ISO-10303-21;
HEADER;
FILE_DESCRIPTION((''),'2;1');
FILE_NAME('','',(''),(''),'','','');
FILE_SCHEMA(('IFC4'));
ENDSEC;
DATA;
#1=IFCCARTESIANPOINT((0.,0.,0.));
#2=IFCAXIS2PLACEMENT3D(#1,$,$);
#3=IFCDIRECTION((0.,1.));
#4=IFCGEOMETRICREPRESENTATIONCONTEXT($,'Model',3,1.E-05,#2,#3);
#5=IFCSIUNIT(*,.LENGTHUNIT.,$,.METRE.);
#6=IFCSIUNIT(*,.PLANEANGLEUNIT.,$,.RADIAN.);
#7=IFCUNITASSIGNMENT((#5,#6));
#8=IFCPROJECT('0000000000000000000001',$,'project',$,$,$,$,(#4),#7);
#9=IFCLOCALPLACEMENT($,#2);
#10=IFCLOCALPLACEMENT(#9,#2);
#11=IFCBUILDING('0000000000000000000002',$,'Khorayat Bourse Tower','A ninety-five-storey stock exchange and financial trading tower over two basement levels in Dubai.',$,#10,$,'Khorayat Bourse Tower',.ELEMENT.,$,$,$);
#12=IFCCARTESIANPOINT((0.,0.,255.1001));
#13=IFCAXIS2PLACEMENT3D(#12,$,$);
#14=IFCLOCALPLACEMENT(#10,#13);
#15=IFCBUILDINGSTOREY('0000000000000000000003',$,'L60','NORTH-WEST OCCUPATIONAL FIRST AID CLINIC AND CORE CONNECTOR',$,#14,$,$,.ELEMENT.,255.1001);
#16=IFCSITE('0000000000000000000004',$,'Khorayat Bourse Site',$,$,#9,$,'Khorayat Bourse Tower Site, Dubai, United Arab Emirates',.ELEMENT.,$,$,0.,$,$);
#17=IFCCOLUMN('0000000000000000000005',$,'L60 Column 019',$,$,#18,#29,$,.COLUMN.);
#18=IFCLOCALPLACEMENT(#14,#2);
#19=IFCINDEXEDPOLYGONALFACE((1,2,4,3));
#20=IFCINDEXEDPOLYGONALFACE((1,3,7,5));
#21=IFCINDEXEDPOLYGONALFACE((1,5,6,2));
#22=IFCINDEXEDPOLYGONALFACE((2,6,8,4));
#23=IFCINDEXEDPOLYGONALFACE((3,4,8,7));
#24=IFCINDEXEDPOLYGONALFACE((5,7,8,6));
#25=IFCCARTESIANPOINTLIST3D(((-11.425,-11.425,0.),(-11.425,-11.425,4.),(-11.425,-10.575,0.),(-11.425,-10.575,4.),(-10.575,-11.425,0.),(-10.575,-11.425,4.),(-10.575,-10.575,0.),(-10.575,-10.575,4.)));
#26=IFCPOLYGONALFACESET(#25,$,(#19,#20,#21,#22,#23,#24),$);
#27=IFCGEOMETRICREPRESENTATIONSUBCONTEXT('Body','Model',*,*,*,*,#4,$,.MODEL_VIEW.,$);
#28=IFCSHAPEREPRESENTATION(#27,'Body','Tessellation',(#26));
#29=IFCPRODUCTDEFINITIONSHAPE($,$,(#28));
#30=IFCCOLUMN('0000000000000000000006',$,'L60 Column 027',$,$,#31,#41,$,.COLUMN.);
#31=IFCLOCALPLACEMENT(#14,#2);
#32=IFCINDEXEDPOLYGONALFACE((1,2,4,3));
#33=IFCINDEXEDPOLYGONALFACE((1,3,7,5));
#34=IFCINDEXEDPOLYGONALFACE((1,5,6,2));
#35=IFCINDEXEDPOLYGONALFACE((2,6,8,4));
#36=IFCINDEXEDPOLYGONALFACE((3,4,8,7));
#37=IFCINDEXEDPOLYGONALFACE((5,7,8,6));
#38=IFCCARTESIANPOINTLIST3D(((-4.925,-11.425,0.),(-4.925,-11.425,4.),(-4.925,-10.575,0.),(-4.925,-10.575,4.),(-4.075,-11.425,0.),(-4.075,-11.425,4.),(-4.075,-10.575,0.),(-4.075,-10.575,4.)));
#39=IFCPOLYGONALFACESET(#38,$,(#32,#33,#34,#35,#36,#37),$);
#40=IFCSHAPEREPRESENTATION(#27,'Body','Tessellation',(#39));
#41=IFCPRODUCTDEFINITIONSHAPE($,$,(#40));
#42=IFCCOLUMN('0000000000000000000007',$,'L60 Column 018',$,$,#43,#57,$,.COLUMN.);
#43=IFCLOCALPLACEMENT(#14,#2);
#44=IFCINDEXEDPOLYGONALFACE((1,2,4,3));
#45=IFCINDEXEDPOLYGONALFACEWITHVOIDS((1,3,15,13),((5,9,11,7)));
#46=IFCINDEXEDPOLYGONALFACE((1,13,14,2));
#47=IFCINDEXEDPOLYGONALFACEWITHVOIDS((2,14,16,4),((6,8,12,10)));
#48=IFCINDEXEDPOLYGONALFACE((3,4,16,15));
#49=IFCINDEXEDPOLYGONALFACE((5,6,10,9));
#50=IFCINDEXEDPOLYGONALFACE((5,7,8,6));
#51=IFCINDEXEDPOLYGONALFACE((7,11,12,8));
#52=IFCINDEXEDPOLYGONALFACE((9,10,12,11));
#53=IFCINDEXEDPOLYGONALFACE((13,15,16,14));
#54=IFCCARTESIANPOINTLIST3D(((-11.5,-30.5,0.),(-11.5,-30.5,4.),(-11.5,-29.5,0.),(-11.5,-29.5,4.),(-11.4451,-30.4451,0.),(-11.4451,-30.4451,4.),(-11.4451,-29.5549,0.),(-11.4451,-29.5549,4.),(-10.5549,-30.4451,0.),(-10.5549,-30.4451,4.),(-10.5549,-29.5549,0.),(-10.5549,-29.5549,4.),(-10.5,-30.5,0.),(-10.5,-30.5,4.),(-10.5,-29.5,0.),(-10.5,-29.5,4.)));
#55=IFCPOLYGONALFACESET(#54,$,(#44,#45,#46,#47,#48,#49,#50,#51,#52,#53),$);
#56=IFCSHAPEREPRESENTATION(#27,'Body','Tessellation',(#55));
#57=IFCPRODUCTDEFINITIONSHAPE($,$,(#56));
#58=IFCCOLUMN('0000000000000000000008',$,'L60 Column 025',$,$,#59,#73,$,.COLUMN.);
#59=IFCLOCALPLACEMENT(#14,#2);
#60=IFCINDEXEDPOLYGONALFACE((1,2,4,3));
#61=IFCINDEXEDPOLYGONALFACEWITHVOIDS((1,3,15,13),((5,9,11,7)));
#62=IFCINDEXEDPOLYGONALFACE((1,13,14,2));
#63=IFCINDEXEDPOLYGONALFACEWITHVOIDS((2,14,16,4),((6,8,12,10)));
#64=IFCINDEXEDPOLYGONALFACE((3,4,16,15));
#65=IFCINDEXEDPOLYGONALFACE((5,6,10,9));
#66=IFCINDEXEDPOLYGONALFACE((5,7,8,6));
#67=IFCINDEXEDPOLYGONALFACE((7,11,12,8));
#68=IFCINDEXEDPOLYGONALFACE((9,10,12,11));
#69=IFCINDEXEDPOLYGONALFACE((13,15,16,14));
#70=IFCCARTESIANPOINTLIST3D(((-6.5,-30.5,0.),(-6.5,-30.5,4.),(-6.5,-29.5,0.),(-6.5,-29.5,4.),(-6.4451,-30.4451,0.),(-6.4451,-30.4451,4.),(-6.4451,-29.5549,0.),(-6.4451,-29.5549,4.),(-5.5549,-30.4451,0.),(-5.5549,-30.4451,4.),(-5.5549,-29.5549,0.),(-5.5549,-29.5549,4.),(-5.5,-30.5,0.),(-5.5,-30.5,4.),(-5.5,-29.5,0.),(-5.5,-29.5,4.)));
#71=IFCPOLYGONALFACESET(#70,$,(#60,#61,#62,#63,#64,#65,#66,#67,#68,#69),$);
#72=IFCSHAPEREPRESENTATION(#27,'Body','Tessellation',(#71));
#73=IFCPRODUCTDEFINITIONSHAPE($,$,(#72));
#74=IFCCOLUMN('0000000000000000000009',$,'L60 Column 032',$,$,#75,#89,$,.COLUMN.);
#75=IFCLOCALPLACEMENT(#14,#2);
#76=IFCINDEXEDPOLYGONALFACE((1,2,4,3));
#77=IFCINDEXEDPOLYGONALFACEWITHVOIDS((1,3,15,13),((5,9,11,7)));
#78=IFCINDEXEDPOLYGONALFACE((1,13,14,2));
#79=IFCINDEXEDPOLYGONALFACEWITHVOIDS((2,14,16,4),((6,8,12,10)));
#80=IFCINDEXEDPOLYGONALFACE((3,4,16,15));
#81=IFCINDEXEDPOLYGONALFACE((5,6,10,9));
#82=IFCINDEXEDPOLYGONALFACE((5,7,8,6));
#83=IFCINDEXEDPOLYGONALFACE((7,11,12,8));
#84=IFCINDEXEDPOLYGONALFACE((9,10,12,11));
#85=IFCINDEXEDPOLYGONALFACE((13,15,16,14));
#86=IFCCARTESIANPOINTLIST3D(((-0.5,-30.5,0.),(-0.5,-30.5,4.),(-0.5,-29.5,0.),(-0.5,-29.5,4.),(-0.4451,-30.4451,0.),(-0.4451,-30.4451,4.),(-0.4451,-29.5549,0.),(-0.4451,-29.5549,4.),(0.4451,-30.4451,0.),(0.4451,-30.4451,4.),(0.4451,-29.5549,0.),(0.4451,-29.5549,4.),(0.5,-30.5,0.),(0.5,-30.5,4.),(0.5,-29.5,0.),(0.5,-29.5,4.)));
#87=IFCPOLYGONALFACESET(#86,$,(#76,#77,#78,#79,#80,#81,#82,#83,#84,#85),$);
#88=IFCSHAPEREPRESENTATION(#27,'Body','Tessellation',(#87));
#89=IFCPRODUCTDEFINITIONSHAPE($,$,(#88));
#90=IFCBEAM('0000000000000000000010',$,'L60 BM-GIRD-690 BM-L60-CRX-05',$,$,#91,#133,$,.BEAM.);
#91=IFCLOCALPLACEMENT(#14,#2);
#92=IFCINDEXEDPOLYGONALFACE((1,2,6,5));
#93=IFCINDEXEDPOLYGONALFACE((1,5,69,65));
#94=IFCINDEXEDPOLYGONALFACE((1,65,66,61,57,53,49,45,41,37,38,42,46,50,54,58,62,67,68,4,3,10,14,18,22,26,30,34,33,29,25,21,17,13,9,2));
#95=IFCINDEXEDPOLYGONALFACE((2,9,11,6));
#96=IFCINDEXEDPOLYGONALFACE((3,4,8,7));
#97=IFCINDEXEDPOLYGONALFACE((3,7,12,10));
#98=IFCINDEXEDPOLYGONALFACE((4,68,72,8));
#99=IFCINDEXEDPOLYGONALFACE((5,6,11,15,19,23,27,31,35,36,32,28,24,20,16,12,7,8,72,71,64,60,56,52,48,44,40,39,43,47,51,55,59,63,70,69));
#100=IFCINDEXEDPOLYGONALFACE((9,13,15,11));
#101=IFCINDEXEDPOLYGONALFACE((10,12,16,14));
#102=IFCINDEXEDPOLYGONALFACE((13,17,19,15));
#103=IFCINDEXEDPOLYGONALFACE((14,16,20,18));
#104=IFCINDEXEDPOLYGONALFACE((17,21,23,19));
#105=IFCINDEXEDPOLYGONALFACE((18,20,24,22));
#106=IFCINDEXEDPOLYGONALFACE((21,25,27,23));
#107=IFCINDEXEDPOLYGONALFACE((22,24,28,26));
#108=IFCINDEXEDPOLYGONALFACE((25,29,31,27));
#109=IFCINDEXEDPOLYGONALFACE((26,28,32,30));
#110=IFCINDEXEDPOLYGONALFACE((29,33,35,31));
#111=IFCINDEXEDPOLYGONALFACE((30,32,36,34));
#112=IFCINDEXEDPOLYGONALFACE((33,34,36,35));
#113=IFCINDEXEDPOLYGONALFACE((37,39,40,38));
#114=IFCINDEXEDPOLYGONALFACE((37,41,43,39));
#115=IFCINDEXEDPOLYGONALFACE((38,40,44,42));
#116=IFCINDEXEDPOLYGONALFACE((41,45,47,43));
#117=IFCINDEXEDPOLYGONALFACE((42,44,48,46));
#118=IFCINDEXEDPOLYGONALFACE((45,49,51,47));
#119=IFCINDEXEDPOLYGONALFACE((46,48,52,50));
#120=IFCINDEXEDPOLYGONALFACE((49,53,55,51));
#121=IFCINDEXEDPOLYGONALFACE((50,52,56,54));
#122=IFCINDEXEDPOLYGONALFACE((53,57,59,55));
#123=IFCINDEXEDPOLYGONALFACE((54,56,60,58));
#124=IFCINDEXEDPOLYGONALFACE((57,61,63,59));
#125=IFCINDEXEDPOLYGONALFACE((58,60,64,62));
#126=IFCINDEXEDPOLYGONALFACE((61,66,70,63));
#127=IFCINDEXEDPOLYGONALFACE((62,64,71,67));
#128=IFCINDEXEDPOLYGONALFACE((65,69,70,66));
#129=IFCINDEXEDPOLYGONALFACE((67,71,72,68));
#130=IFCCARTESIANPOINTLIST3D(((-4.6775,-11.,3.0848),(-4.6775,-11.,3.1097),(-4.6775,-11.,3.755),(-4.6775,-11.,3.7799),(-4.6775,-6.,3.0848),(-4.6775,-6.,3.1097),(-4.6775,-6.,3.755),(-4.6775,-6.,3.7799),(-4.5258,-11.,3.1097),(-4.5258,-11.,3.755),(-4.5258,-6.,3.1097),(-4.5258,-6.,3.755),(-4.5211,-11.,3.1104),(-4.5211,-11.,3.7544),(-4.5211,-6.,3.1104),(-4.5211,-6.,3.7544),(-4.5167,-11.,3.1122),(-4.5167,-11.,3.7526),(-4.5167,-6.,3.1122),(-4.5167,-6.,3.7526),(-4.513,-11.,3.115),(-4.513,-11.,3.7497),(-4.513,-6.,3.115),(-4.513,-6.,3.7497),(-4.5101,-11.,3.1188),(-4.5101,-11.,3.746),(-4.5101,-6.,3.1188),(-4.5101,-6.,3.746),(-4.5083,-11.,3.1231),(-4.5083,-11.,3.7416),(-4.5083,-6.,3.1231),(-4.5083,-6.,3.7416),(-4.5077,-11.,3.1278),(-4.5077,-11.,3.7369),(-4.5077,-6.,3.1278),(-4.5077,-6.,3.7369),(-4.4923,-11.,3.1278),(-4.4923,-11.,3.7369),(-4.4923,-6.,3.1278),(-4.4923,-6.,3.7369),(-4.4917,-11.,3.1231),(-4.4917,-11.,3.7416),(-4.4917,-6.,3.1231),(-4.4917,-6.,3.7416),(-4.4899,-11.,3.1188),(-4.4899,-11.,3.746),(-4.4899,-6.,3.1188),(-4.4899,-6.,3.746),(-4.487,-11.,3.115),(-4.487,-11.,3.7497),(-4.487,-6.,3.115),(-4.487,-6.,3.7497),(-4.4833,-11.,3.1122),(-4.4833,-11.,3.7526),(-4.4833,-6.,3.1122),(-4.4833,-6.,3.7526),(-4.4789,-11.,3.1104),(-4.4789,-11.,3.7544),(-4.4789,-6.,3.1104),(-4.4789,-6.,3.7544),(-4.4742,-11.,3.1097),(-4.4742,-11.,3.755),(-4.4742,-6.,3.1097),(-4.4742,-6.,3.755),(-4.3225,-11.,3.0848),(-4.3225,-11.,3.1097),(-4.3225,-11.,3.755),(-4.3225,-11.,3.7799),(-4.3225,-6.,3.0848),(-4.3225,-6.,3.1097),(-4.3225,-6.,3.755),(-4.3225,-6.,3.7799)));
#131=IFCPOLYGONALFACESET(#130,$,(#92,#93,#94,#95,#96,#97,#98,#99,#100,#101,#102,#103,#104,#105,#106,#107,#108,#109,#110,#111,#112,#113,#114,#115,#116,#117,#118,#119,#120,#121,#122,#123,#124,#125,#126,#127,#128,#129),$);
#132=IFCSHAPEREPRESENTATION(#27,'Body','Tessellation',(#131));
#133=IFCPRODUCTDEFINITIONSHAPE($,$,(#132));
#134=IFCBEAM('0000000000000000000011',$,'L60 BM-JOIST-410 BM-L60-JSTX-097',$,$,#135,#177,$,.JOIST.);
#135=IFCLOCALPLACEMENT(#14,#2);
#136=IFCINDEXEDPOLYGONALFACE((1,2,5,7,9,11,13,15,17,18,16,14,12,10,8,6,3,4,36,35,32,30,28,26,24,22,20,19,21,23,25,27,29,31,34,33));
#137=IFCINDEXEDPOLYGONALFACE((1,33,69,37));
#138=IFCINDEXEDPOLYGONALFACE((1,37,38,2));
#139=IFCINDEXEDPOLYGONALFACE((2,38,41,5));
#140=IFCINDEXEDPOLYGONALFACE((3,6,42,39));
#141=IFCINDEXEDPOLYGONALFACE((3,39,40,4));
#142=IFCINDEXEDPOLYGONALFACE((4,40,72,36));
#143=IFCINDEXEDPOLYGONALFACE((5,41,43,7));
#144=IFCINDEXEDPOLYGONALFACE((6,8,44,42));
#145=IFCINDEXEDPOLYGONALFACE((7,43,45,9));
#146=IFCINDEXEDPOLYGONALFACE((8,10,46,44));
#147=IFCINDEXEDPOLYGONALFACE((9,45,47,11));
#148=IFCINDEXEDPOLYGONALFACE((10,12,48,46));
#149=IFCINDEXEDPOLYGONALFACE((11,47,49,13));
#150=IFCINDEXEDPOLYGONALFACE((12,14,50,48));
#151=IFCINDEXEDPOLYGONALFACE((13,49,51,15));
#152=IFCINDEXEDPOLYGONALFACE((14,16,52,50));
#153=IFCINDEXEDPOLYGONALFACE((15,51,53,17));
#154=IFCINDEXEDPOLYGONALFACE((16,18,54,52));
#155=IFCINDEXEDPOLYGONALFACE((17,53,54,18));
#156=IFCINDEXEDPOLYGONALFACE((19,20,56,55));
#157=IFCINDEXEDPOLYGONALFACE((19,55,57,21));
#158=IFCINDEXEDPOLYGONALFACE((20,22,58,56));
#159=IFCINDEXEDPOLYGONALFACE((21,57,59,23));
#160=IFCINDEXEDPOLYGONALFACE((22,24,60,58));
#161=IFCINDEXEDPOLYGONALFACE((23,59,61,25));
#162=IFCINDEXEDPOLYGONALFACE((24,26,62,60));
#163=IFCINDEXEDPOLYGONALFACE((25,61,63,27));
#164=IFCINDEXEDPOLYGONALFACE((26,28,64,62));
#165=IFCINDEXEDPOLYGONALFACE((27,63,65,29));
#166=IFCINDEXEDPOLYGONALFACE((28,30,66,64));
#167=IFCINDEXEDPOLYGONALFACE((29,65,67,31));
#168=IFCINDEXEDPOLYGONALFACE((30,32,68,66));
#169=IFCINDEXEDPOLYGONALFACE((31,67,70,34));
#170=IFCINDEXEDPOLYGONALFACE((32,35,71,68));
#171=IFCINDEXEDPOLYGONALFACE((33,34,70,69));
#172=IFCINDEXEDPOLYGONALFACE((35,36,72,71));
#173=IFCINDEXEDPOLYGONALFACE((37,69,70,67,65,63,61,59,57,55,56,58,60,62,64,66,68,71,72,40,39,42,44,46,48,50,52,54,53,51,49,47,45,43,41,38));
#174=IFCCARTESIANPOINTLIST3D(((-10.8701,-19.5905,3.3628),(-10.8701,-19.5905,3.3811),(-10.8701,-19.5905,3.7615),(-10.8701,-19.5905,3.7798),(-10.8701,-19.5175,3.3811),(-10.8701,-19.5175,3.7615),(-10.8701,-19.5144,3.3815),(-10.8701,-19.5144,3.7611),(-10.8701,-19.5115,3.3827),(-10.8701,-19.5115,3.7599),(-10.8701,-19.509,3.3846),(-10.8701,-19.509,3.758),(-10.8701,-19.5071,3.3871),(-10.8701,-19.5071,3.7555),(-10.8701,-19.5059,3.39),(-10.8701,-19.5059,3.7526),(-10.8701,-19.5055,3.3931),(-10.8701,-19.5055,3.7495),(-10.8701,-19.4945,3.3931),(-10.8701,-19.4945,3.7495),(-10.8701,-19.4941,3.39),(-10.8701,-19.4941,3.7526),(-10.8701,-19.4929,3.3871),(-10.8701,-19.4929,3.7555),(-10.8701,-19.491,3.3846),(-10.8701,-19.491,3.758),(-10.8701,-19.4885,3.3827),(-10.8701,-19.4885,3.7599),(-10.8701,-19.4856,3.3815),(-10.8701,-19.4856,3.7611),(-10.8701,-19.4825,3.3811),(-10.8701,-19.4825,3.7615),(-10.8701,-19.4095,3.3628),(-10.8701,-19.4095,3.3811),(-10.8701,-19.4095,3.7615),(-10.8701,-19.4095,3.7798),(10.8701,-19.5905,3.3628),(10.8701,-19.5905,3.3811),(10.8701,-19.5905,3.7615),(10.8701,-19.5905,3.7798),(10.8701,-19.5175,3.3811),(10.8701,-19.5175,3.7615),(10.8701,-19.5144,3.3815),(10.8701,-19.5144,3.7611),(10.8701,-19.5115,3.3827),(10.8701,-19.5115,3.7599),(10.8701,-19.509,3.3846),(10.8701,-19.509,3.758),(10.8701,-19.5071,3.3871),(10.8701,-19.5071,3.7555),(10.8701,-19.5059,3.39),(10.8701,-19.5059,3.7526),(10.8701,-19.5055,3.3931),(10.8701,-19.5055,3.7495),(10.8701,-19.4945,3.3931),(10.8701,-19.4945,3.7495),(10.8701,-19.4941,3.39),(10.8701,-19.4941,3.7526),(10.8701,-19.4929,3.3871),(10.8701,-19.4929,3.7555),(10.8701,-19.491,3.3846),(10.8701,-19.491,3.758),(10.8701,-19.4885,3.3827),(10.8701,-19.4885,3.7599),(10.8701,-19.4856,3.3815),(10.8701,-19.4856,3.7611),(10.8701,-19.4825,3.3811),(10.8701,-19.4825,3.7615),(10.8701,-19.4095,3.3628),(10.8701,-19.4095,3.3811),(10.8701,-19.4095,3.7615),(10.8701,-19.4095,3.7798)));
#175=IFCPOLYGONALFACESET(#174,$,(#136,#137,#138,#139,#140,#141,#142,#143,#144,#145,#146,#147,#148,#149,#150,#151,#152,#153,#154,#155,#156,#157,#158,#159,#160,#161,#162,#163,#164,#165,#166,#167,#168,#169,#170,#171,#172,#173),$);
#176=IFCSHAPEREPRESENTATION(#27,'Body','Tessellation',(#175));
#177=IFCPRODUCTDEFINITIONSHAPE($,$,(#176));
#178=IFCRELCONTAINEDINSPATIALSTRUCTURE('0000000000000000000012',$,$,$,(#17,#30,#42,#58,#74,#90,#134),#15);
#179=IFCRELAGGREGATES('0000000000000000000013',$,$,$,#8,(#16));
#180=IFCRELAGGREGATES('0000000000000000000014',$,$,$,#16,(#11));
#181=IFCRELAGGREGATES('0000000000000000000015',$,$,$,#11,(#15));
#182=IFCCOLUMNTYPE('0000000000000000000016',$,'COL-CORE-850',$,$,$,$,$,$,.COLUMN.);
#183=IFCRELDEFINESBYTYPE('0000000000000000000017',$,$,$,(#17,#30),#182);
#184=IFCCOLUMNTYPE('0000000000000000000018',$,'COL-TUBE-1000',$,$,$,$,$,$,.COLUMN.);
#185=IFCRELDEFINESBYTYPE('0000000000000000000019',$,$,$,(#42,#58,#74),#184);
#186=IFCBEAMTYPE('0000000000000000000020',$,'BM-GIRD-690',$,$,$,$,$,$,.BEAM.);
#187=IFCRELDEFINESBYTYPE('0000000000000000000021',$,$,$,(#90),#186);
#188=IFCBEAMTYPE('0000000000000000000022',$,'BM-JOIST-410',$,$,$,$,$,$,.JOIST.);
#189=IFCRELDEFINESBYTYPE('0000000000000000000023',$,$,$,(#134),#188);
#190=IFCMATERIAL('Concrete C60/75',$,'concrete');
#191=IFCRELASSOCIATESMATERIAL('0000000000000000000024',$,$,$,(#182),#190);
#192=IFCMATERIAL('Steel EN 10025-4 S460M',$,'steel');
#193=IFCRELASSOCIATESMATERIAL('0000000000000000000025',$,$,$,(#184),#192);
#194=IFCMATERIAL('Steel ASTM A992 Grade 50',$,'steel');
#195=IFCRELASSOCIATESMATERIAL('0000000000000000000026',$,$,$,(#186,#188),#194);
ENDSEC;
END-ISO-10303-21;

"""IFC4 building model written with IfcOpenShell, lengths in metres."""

from ifc_helpers import new_model, si_unit, direction, frame, origin, origin_2d, place, context, subcontext, project, spatial, rectangle, hollow_rectangle, i_section, extrude, source, transform, mapped, material, material_profile, profile_set, type_object, element, save


model = new_model("IFC4")

# Units and contexts
model_context = context("Model", 3, precision=1e-05, world=origin(), true_north=direction((0.0, 1.0)))
body_context = subcontext(model_context, "Body", "Model", "MODEL_VIEW")
ifc_project = project(units=[si_unit("LENGTHUNIT", "METRE"), si_unit("PLANEANGLEUNIT", "RADIAN")], contexts=[model_context])

# Site, building, storey
site_placement = place(None, origin())
site = spatial("IfcSite", under=ifc_project, at=site_placement, Name="Khorayat Bourse Site", LongName="Khorayat Bourse Tower Site, Dubai, United Arab Emirates", CompositionType="ELEMENT", RefElevation=0.0)
building_placement = place(site_placement, origin())
building = spatial("IfcBuilding", under=site, at=building_placement, Name="Khorayat Bourse Tower", Description="A ninety-five-storey stock exchange and financial trading tower over two basement levels in Dubai.", LongName="Khorayat Bourse Tower", CompositionType="ELEMENT")
storey_placement = place(building_placement, frame((0.0, 0.0, 255.1001)))
storey = spatial("IfcBuildingStorey", under=building, at=storey_placement, Name="L60", Description="NORTH-WEST OCCUPATIONAL FIRST AID CLINIC AND CORE CONNECTOR", CompositionType="ELEMENT", Elevation=255.1001)

# Columns
ifc_material_1 = material(Name="Concrete C60/75", Category="concrete")
ifc_material_profile_1 = material_profile(ifc_material_1, rectangle(XDim=0.8501, YDim=0.8501, at=origin_2d()), Name="RC 850x850")
ifc_profile_set_1 = profile_set([ifc_material_profile_1], Name="Concrete C60/75")
column_type_1 = type_object("IfcColumnType", Name="COL-CORE-850", PredefinedType="COLUMN", material=ifc_profile_set_1)
shared_shape_1 = source(origin(), body_context, "Body", "SweptSolid", [
    extrude(rectangle(XDim=0.8501, YDim=0.8501, at=origin_2d()), origin(), (0.0, 0.0, 1.0), 4.0),
])
for number, where, z_axis, x_axis, name in (
    (1, (-11.0, -11.0, 0.0), (0.0, 0.0, 1.0), (1.0, 0.0, 0.0), "L60 Column 019"),
    (2, (-4.5, -11.0, 0.0), (0.0, 0.0, 1.0), (1.0, 0.0, 0.0), "L60 Column 027"),
):
    element("IfcColumn", number, at=place(storey_placement, frame(where, z_axis=z_axis, x_axis=x_axis)), inside=storey, type_object=column_type_1, Name=name, PredefinedType="COLUMN", context=body_context, shape_type="MappedRepresentation", body=[
        mapped(shared_shape_1, transform((0.0, 0.0, 0.0), scale=1.0)),
    ])
ifc_material_2 = material(Name="Steel EN 10025-4 S460M", Category="steel")
ifc_material_profile_2 = material_profile(ifc_material_2, hollow_rectangle(XDim=1.0, YDim=1.0, WallThickness=0.0549, at=origin_2d()), Name="BOX 1000x1000x55")
ifc_profile_set_2 = profile_set([ifc_material_profile_2], Name="Steel EN 10025-4 S460M")
column_type_2 = type_object("IfcColumnType", Name="COL-TUBE-1000", PredefinedType="COLUMN", material=ifc_profile_set_2)
shared_shape_2 = source(origin(), body_context, "Body", "SweptSolid", [
    extrude(hollow_rectangle(XDim=1.0, YDim=1.0, WallThickness=0.0549, at=origin_2d()), origin(), (0.0, 0.0, 1.0), 4.0),
])
for number, where, z_axis, x_axis, name in (
    (3, (-11.0, -30.0, 0.0), (0.0, 0.0, 1.0), (1.0, 0.0, 0.0), "L60 Column 018"),
    (4, (-6.0, -30.0, 0.0), (0.0, 0.0, 1.0), (1.0, 0.0, 0.0), "L60 Column 025"),
    (5, (0.0, -30.0, 0.0), (0.0, 0.0, 1.0), (1.0, 0.0, 0.0), "L60 Column 032"),
):
    element("IfcColumn", number, at=place(storey_placement, frame(where, z_axis=z_axis, x_axis=x_axis)), inside=storey, type_object=column_type_2, Name=name, PredefinedType="COLUMN", context=body_context, shape_type="MappedRepresentation", body=[
        mapped(shared_shape_2, transform((0.0, 0.0, 0.0), scale=1.0)),
    ])

# Beams
ifc_material_3 = material(Name="Steel ASTM A992 Grade 50", Category="steel")
ifc_material_profile_3 = material_profile(ifc_material_3, i_section(OverallWidth=0.355, OverallDepth=0.6951, WebThickness=0.0154, FlangeThickness=0.0249, FilletRadius=0.0181, at=origin_2d()), Name="W690X217")
ifc_profile_set_3 = profile_set([ifc_material_profile_3], Name="Steel ASTM A992 Grade 50")
beam_type_1 = type_object("IfcBeamType", Name="BM-GIRD-690", PredefinedType="BEAM", material=ifc_profile_set_3)
shared_shape_3 = source(origin(), body_context, "Body", "SweptSolid", [
    extrude(i_section(OverallWidth=0.355, OverallDepth=0.6951, WebThickness=0.0154, FlangeThickness=0.0249, FilletRadius=0.0181, at=origin_2d()), origin(), (0.0, 0.0, 1.0), 5.0),
])
beam_1_placement = place(storey_placement, frame((-4.5, -11.0, 3.4324), z_axis=(0.0, 1.0, 0.0), x_axis=(-1.0, 0.0, 0.0)))
element("IfcBeam", 6, at=beam_1_placement, inside=storey, type_object=beam_type_1, Name="L60 BM-GIRD-690 BM-L60-CRX-05", PredefinedType="BEAM", context=body_context, shape_type="MappedRepresentation", body=[
    mapped(shared_shape_3, transform((0.0, 0.0, 0.0), scale=1.0)),
])
ifc_material_profile_4 = material_profile(ifc_material_3, i_section(OverallWidth=0.1809, OverallDepth=0.417, WebThickness=0.011, FlangeThickness=0.0183, FilletRadius=0.012, at=origin_2d()), Name="W410X85")
ifc_profile_set_4 = profile_set([ifc_material_profile_4], Name="Steel ASTM A992 Grade 50")
beam_type_2 = type_object("IfcBeamType", Name="BM-JOIST-410", PredefinedType="JOIST", material=ifc_profile_set_4)
shared_shape_4 = source(origin(), body_context, "Body", "SweptSolid", [
    extrude(i_section(OverallWidth=0.1809, OverallDepth=0.417, WebThickness=0.011, FlangeThickness=0.0183, FilletRadius=0.012, at=origin_2d()), origin(), (0.0, 0.0, 1.0), 21.7402),
])
beam_2_placement = place(storey_placement, frame((-10.8701, -19.5, 3.5713), z_axis=(1.0, 0.0, 0.0), x_axis=(0.0, 1.0, 0.0)))
element("IfcBeam", 7, at=beam_2_placement, inside=storey, type_object=beam_type_2, Name="L60 BM-JOIST-410 BM-L60-JSTX-097", PredefinedType="JOIST", context=body_context, shape_type="MappedRepresentation", body=[
    mapped(shared_shape_4, transform((0.0, 0.0, 0.0), scale=1.0)),
])

save(model, "model.ifc")
